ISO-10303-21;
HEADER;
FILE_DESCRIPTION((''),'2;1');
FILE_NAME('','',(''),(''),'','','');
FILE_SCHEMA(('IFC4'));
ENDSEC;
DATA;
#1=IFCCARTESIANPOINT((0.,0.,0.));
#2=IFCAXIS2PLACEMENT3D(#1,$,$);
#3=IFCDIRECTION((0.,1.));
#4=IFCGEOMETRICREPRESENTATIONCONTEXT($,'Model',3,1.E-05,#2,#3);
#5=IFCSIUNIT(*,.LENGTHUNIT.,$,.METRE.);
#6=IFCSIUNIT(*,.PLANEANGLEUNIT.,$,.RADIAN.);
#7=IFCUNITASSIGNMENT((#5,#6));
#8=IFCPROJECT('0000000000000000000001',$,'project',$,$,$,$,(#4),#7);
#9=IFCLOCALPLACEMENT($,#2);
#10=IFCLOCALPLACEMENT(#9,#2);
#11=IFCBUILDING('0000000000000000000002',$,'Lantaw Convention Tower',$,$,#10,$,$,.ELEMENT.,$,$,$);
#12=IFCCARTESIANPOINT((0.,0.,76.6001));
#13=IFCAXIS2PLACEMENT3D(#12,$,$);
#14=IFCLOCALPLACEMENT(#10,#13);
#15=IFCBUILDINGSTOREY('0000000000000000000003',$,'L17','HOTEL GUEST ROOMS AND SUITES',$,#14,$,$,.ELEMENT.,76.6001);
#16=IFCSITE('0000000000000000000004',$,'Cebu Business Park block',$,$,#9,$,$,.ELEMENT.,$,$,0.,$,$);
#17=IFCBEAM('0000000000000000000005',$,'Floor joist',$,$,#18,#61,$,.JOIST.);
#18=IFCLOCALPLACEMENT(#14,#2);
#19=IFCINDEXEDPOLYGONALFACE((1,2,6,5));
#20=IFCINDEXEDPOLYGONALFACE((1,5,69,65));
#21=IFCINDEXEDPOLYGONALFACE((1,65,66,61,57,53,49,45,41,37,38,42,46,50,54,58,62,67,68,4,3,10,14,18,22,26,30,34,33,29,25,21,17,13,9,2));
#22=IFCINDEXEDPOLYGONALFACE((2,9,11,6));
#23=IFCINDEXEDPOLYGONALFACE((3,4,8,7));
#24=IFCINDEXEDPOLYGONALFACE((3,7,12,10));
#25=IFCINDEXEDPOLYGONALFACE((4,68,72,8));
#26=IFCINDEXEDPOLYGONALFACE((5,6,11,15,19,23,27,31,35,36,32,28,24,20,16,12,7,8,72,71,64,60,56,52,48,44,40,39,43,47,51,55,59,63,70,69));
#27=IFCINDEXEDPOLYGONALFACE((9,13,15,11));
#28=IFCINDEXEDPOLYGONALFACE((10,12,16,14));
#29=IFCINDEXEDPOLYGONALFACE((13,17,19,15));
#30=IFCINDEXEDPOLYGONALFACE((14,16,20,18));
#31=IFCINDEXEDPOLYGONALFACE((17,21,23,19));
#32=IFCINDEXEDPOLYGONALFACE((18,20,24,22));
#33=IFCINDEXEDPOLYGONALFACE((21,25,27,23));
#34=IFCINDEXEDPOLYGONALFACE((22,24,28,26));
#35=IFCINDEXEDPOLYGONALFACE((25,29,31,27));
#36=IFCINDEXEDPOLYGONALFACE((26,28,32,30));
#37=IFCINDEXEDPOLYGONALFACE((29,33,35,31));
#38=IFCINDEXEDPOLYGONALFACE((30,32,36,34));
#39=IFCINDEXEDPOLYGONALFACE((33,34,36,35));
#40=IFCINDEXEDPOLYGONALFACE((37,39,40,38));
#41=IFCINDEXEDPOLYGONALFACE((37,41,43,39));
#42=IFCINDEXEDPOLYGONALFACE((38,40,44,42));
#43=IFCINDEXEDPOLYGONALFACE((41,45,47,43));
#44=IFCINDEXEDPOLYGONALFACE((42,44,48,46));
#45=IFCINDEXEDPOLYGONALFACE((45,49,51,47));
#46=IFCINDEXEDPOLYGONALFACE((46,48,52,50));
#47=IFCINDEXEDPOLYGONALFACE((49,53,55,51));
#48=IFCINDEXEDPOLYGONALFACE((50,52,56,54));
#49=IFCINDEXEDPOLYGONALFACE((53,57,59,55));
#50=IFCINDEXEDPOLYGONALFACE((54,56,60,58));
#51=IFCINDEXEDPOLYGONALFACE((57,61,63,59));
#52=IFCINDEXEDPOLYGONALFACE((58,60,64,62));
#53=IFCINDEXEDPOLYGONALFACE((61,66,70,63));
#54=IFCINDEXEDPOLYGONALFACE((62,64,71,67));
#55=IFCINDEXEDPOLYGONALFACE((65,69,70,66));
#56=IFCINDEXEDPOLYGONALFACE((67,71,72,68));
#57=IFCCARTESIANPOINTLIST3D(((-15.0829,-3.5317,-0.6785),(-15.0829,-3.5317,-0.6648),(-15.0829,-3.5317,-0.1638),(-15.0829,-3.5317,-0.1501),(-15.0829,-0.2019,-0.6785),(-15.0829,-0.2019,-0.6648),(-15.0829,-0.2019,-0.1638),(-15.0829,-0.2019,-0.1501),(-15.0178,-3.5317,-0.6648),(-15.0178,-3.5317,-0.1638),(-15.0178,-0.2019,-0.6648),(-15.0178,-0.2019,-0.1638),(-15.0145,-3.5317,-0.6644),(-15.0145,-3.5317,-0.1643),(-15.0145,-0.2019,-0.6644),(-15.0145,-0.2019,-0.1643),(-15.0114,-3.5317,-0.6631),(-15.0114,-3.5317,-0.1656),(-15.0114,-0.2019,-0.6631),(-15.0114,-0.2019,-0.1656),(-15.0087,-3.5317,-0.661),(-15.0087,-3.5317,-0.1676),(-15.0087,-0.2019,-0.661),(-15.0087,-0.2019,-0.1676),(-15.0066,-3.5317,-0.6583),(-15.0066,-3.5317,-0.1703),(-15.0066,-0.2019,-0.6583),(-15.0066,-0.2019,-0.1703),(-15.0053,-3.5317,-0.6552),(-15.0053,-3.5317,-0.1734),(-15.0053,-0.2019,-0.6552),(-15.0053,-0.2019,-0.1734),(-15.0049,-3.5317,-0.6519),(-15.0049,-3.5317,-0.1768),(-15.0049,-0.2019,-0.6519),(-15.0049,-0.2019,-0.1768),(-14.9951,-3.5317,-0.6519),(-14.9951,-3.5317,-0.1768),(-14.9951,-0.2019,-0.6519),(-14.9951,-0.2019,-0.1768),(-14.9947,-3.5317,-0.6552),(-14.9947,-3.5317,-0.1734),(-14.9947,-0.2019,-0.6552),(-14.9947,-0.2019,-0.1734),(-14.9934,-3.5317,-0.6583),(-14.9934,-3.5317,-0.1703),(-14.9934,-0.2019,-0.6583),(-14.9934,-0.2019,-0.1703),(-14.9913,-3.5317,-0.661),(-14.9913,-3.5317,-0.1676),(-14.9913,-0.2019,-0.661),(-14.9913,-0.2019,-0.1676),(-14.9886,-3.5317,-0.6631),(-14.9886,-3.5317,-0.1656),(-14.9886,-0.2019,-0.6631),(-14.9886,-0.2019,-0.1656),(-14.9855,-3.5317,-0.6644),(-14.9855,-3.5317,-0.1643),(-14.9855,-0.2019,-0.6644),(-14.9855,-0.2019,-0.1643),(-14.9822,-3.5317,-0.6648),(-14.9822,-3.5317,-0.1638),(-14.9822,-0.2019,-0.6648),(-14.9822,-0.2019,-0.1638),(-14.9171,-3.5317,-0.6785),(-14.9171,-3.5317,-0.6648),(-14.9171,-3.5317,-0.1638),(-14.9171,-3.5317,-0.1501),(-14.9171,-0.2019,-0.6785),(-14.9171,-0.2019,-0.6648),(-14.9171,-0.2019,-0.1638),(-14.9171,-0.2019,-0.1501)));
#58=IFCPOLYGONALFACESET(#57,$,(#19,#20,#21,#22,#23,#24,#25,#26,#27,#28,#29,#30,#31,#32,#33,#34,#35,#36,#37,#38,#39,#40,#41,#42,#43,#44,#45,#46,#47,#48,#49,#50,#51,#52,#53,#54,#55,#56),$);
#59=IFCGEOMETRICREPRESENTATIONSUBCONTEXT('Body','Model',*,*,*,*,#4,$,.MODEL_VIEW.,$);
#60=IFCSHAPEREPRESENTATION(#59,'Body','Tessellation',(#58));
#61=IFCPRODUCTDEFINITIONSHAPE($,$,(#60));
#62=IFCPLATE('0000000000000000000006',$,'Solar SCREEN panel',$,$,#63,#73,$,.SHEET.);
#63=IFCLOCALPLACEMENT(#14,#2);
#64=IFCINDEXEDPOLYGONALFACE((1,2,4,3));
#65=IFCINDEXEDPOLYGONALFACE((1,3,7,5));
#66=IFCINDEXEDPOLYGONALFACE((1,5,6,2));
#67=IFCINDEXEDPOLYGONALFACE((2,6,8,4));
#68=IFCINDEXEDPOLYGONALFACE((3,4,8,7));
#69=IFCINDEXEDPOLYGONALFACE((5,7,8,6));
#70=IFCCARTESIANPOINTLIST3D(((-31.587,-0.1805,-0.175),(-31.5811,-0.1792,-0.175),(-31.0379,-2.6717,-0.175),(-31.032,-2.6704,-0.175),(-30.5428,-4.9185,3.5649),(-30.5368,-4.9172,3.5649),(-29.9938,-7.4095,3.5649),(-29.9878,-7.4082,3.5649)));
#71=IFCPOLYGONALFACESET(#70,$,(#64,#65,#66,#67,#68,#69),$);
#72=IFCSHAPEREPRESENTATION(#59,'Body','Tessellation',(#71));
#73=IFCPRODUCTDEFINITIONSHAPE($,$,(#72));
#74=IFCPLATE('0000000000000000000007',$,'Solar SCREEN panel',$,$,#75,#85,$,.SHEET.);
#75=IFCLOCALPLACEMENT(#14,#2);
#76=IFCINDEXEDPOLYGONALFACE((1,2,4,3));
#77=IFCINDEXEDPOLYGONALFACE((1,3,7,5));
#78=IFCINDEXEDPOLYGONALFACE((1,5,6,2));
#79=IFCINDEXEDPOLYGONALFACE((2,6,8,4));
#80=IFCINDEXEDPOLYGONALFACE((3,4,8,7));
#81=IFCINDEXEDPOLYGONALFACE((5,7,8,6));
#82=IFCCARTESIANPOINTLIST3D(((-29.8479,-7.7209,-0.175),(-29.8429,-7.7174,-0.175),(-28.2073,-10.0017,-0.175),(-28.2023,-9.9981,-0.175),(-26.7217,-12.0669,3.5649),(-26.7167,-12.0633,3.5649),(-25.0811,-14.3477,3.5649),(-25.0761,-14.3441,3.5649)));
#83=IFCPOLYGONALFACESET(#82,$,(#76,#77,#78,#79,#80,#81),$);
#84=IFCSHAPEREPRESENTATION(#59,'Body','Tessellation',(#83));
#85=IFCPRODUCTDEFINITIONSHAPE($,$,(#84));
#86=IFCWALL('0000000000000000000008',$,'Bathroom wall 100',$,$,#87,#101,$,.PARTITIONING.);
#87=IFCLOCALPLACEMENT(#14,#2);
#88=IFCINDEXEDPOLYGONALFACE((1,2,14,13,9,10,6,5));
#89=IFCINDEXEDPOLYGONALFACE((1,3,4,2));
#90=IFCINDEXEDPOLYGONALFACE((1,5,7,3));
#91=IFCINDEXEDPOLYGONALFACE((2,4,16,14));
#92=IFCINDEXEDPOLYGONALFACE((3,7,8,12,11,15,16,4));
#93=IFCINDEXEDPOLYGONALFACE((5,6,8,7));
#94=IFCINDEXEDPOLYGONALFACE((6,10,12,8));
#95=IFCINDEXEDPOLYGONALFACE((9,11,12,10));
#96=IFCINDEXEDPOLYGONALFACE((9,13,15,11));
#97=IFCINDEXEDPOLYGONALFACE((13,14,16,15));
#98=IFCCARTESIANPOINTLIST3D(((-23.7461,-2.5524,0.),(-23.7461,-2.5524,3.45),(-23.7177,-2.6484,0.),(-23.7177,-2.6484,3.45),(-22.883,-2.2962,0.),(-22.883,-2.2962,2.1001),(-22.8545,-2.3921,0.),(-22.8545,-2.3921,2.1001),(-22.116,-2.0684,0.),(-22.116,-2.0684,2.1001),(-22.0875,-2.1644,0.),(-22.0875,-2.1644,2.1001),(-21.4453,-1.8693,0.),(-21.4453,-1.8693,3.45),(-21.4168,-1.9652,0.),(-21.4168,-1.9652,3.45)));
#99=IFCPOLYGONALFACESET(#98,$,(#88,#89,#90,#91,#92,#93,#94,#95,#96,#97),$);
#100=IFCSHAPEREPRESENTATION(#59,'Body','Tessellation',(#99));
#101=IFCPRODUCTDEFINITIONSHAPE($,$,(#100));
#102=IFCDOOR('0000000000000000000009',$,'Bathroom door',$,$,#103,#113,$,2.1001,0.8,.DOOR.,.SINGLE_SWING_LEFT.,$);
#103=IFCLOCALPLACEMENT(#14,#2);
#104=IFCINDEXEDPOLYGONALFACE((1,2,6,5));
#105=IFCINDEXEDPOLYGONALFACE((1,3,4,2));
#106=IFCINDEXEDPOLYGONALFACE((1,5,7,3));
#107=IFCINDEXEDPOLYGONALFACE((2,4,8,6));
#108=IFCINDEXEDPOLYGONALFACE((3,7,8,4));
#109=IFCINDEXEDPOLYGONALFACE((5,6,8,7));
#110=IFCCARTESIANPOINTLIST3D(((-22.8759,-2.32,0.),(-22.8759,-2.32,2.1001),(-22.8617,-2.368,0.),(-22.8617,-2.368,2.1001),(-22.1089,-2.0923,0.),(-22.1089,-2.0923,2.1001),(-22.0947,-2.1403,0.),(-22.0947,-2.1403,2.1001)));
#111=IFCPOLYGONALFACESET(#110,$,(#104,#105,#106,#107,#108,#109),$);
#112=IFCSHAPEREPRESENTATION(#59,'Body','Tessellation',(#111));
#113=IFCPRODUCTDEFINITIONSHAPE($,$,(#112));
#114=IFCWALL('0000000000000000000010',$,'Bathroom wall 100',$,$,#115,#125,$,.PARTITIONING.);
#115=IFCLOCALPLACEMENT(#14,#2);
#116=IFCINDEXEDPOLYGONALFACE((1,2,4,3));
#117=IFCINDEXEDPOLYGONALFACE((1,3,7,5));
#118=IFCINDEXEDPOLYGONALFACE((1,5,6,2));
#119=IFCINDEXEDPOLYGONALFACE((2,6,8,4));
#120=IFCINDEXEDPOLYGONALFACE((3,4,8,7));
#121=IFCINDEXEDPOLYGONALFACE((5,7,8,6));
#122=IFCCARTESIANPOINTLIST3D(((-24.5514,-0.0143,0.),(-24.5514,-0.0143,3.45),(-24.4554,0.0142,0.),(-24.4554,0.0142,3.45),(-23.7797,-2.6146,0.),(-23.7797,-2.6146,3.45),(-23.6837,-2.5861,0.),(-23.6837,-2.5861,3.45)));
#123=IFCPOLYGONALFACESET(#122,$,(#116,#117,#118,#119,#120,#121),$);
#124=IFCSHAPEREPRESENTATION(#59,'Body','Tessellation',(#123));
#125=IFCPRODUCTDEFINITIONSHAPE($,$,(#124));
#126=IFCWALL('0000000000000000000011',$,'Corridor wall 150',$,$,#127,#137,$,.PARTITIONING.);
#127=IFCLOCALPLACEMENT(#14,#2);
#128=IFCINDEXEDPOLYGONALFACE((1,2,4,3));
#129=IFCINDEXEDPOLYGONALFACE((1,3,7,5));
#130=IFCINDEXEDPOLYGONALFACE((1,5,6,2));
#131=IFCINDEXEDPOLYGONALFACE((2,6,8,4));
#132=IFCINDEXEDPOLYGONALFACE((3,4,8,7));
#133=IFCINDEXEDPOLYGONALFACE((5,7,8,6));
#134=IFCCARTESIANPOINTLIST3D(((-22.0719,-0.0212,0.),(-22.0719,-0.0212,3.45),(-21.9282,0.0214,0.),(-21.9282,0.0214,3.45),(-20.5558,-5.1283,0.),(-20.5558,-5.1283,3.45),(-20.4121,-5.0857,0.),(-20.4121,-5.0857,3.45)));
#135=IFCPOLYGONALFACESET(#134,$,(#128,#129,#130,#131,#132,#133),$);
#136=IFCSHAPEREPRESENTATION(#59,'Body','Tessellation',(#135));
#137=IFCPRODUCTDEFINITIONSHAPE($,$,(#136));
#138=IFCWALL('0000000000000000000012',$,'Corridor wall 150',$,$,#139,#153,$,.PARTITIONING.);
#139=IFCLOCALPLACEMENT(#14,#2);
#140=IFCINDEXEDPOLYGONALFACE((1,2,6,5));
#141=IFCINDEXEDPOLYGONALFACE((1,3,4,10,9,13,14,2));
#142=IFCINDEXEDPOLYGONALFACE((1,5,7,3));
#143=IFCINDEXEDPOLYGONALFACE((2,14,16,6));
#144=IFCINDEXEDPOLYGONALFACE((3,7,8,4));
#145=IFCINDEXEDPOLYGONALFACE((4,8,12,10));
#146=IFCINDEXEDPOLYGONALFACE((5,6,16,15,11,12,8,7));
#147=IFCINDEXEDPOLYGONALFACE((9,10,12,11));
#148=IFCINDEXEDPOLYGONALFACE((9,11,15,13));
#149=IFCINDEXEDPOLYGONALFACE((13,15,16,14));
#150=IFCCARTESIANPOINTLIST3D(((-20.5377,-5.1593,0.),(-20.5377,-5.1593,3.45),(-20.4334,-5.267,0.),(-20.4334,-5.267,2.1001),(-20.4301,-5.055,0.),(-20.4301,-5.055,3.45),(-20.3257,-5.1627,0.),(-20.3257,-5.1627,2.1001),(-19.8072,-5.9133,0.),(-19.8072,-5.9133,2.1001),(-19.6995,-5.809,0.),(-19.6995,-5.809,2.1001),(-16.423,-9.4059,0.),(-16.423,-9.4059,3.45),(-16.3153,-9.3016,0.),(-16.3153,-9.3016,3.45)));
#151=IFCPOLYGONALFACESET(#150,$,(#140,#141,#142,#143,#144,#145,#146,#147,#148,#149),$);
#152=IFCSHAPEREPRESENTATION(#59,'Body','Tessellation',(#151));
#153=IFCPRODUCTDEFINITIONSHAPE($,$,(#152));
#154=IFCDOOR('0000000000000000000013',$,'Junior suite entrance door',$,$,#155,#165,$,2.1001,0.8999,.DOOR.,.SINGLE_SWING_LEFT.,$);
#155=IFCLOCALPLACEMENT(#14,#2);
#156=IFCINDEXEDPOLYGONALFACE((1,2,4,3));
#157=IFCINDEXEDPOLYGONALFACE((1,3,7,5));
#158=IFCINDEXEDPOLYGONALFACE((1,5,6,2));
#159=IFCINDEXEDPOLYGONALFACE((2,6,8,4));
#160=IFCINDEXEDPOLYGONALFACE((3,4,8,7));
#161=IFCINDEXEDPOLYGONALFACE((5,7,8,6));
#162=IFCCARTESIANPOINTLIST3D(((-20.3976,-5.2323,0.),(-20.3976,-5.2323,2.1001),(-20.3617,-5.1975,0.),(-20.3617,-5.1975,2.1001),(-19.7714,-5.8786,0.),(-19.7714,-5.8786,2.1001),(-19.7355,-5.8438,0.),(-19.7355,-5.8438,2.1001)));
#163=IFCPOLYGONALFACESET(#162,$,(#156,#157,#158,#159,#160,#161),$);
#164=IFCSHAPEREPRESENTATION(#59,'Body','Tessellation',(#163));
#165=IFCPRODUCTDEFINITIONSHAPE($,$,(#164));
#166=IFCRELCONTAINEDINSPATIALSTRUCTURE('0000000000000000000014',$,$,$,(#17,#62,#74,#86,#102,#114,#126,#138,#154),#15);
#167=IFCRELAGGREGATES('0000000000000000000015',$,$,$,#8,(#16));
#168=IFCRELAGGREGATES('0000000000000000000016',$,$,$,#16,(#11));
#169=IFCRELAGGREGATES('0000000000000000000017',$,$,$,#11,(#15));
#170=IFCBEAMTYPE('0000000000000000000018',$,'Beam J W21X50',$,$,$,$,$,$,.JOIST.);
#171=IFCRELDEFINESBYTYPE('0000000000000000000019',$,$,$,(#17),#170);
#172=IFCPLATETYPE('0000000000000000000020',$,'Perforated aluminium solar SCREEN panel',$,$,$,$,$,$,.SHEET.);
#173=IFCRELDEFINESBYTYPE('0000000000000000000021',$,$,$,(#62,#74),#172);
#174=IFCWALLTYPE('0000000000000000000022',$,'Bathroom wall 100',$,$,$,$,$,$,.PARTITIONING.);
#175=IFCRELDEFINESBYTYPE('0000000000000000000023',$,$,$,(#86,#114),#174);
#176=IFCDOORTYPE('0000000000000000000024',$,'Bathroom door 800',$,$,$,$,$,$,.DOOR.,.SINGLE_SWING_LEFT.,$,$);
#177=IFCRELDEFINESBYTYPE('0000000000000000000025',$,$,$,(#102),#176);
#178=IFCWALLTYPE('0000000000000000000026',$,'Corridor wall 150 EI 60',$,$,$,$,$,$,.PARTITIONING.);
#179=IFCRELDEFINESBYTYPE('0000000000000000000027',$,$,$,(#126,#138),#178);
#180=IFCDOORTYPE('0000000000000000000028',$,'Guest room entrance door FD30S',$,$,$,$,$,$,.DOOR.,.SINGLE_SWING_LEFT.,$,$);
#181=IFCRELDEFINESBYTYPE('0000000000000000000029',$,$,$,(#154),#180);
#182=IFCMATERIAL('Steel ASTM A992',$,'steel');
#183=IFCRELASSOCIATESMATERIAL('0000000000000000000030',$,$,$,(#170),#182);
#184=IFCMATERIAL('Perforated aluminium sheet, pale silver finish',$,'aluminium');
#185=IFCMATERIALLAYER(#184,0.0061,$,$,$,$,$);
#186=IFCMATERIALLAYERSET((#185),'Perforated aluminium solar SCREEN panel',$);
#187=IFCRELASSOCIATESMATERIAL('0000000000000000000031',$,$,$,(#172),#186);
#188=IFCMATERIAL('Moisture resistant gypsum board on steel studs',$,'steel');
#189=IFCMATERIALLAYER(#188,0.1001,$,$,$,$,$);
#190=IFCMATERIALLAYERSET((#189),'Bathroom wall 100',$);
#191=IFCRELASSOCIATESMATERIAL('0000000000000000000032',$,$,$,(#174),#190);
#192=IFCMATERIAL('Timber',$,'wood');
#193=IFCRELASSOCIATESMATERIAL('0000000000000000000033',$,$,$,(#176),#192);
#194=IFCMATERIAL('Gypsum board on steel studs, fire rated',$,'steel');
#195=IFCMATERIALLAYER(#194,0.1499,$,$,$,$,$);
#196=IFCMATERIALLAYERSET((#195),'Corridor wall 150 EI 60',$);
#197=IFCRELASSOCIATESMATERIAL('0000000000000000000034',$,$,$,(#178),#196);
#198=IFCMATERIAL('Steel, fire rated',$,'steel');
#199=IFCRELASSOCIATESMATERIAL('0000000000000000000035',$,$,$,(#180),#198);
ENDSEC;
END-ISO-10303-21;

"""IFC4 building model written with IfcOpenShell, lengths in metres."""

from ifc_helpers import new_model, si_unit, direction, frame, frame_2d, origin, origin_2d, place, context, subcontext, project, spatial, polyline, rectangle, i_section, outline, extrude, material, layer, layer_set, material_profile, profile_set, type_object, element, fill, save


model = new_model("IFC4")

# Units and contexts
model_context = context("Model", 3, precision=1e-05, world=origin(), true_north=direction((0.0, 1.0)))
body_context = subcontext(model_context, "Body", "Model", "MODEL_VIEW")
ifc_project = project(units=[si_unit("LENGTHUNIT", "METRE"), si_unit("PLANEANGLEUNIT", "RADIAN")], contexts=[model_context])

# Site, building, storey
site_placement = place(None, origin())
site = spatial("IfcSite", under=ifc_project, at=site_placement, Name="Cebu Business Park block", CompositionType="ELEMENT", RefElevation=0.0)
building_placement = place(site_placement, origin())
building = spatial("IfcBuilding", under=site, at=building_placement, Name="Lantaw Convention Tower", CompositionType="ELEMENT")
storey_placement = place(building_placement, frame((0.0, 0.0, 76.6001)))
storey = spatial("IfcBuildingStorey", under=building, at=storey_placement, Name="L17", Description="HOTEL GUEST ROOMS AND SUITES", CompositionType="ELEMENT", Elevation=76.6001)

# Beam
ifc_material_1 = material(Name="Steel ASTM A992", Category="steel")
ifc_material_profile_1 = material_profile(ifc_material_1, i_section(OverallWidth=0.1658, OverallDepth=0.5283, WebThickness=0.0098, FlangeThickness=0.0137, FilletRadius=0.0129, at=origin_2d()), Name="W21X50")
ifc_profile_set_1 = profile_set([ifc_material_profile_1], Name="Steel ASTM A992")
beam_type_1 = type_object("IfcBeamType", Name="Beam J W21X50", PredefinedType="JOIST", material=ifc_profile_set_1)
beam_1_placement = place(storey_placement, frame((-15.0, -3.5317, -0.4143), z_axis=(0.0, 1.0, 0.0), x_axis=(-1.0, 0.0, 0.0)))
element("IfcBeam", 1, at=beam_1_placement, inside=storey, type_object=beam_type_1, Name="Floor joist", PredefinedType="JOIST", context=body_context, shape_type="SweptSolid", body=[
    extrude(i_section(OverallWidth=0.1658, OverallDepth=0.5283, WebThickness=0.0098, FlangeThickness=0.0137, FilletRadius=0.0129, at=origin_2d()), origin(), (0.0, 0.0, 1.0), 3.3298),
])

# Plates
ifc_material_2 = material(Name="Perforated aluminium sheet, pale silver finish", Category="aluminium")
ifc_layer_1 = layer(ifc_material_2, 0.0061)
ifc_layer_set_1 = layer_set([ifc_layer_1], Name="Perforated aluminium solar SCREEN panel")
plate_type = type_object("IfcPlateType", Name="Perforated aluminium solar SCREEN panel", PredefinedType="SHEET", material=ifc_layer_set_1)
plate_1_placement = place(storey_placement, frame((-31.5811, -0.1792, -0.175), z_axis=(0.976559, 0.215248, 0.00003), x_axis=(0.215248, -0.976559, 0.0)))
element("IfcPlate", 2, at=plate_1_placement, inside=storey, type_object=plate_type, Name="Solar SCREEN panel", PredefinedType="SHEET", context=body_context, shape_type="SweptSolid", body=[
    extrude(outline(polyline([(0.0, 0.0), (2.551, 0.0), (7.4025, -3.74), (4.8517, -3.74), (0.0, 0.0)])), origin(), (0.0, 0.0, -1.0), 0.0061),
])
plate_2_placement = place(storey_placement, frame((-29.8479, -7.7209, -0.175), z_axis=(-0.811791, -0.583948, 0.000009), x_axis=(0.583948, -0.811791, 0.0)))
element("IfcPlate", 3, at=plate_2_placement, inside=storey, type_object=plate_type, Name="Solar SCREEN panel", PredefinedType="SHEET", context=body_context, shape_type="SweptSolid", body=[
    extrude(outline(polyline([(0.0, 0.0), (2.8095, 0.0), (8.1631, 3.74), (5.3536, 3.74), (0.0, 0.0)])), origin(), (0.0, 0.0, -1.0), 0.0061),
])

# Wall, opening, door
ifc_material_3 = material(Name="Moisture resistant gypsum board on steel studs", Category="steel")
ifc_layer_2 = layer(ifc_material_3, 0.1001)
ifc_layer_set_2 = layer_set([ifc_layer_2], Name="Bathroom wall 100")
wall_type_1 = type_object("IfcWallType", Name="Bathroom wall 100", PredefinedType="PARTITIONING", material=ifc_layer_set_2)
wall_1_placement = place(storey_placement, frame((-21.4309, -1.9172, 0.0), z_axis=(0.0, 0.0, 1.0), x_axis=(-0.95864, -0.284622, 0.0)))
wall_1 = element("IfcWall", 4, at=wall_1_placement, inside=storey, type_object=wall_type_1, Name="Bathroom wall 100", PredefinedType="PARTITIONING", context=body_context, shape_type="SweptSolid", body=[
    extrude(rectangle(XDim=2.4001, YDim=0.1001, at=frame_2d((1.2002, 0.0))), origin(), (0.0, 0.0, 1.0), 3.45),
])
opening_1_placement = place(wall_1_placement, frame((0.7, 0.0, 0.0)))
opening_1 = element("IfcOpeningElement", 5, at=opening_1_placement, cuts=wall_1, PredefinedType="OPENING", context=body_context, shape_type="SweptSolid", body=[
    extrude(rectangle(XDim=0.8, YDim=2.1001, at=frame_2d((0.3999, 1.05))), frame((0.0, 0.0601, 0.0), z_axis=(0.0, -1.0, 0.0), x_axis=(1.0, 0.0, 0.0)), (0.0, 0.0, 1.0), 0.1201),
])
ifc_material_4 = material(Name="Timber", Category="wood")
door_type_1 = type_object("IfcDoorType", Name="Bathroom door 800", OperationType="SINGLE_SWING_LEFT", PredefinedType="DOOR", material=ifc_material_4)
door_1_placement = place(opening_1_placement, origin())
door_1 = element("IfcDoor", 6, at=door_1_placement, inside=storey, type_object=door_type_1, Name="Bathroom door", OperationType="SINGLE_SWING_LEFT", OverallHeight=2.1001, OverallWidth=0.8, PredefinedType="DOOR", context=body_context, shape_type="SweptSolid", body=[
    extrude(rectangle(XDim=0.8, YDim=2.1001, at=frame_2d((0.3999, 1.05))), frame((0.0, 0.0249, 0.0), z_axis=(0.0, -1.0, 0.0), x_axis=(1.0, 0.0, 0.0)), (0.0, 0.0, 1.0), 0.05),
])
fill(opening_1, door_1)

# Walls
wall_2_placement = place(storey_placement, frame((-23.7317, -2.6003, 0.0), z_axis=(0.0, 0.0, 1.0), x_axis=(-0.284514, 0.958672, 0.0)))
element("IfcWall", 7, at=wall_2_placement, inside=storey, type_object=wall_type_1, Name="Bathroom wall 100", PredefinedType="PARTITIONING", context=body_context, shape_type="SweptSolid", body=[
    extrude(rectangle(XDim=2.7124, YDim=0.1001, at=frame_2d((1.3562, 0.0))), origin(), (0.0, 0.0, 1.0), 3.45),
])
ifc_material_5 = material(Name="Gypsum board on steel studs, fire rated", Category="steel")
ifc_layer_3 = layer(ifc_material_5, 0.1499)
ifc_layer_set_3 = layer_set([ifc_layer_3], Name="Corridor wall 150 EI 60")
wall_type_2 = type_object("IfcWallType", Name="Corridor wall 150 EI 60", PredefinedType="PARTITIONING", material=ifc_layer_set_3)
wall_3_placement = place(storey_placement, frame((-22.0, 0.0, 0.0), z_axis=(0.0, 0.0, 1.0), x_axis=(0.284584, -0.958651, 0.0)))
element("IfcWall", 8, at=wall_3_placement, inside=storey, type_object=wall_type_2, Name="Corridor wall 150", PredefinedType="PARTITIONING", context=body_context, shape_type="SweptSolid", body=[
    extrude(rectangle(XDim=5.3274, YDim=0.1499, at=frame_2d((2.6636, 0.0))), origin(), (0.0, 0.0, 1.0), 3.45),
])

# Wall, opening, door
wall_4_placement = place(storey_placement, frame((-20.4839, -5.1072, 0.0), z_axis=(0.0, 0.0, 1.0), x_axis=(0.695871, -0.718167, 0.0)))
wall_4 = element("IfcWall", 9, at=wall_4_placement, inside=storey, type_object=wall_type_2, Name="Corridor wall 150", PredefinedType="PARTITIONING", context=body_context, shape_type="SweptSolid", body=[
    extrude(rectangle(XDim=5.9131, YDim=0.1499, at=frame_2d((2.9565, 0.0))), origin(), (0.0, 0.0, 1.0), 3.45),
])
opening_2_placement = place(wall_4_placement, frame((0.1499, 0.0, 0.0)))
opening_2 = element("IfcOpeningElement", 10, at=opening_2_placement, cuts=wall_4, PredefinedType="OPENING", context=body_context, shape_type="SweptSolid", body=[
    extrude(rectangle(XDim=0.8999, YDim=2.1001, at=frame_2d((0.45, 1.05))), frame((0.0, 0.085, 0.0), z_axis=(0.0, -1.0, 0.0), x_axis=(1.0, 0.0, 0.0)), (0.0, 0.0, 1.0), 0.1699),
])
ifc_material_6 = material(Name="Steel, fire rated", Category="steel")
door_type_2 = type_object("IfcDoorType", Name="Guest room entrance door FD30S", OperationType="SINGLE_SWING_LEFT", PredefinedType="DOOR", material=ifc_material_6)
door_2_placement = place(opening_2_placement, origin())
door_2 = element("IfcDoor", 11, at=door_2_placement, inside=storey, type_object=door_type_2, Name="Junior suite entrance door", OperationType="SINGLE_SWING_LEFT", OverallHeight=2.1001, OverallWidth=0.8999, PredefinedType="DOOR", context=body_context, shape_type="SweptSolid", body=[
    extrude(rectangle(XDim=0.8999, YDim=2.1001, at=frame_2d((0.45, 1.05))), frame((0.0, 0.0249, 0.0), z_axis=(0.0, -1.0, 0.0), x_axis=(1.0, 0.0, 0.0)), (0.0, 0.0, 1.0), 0.05),
])
fill(opening_2, door_2)

save(model, "model.ifc")
